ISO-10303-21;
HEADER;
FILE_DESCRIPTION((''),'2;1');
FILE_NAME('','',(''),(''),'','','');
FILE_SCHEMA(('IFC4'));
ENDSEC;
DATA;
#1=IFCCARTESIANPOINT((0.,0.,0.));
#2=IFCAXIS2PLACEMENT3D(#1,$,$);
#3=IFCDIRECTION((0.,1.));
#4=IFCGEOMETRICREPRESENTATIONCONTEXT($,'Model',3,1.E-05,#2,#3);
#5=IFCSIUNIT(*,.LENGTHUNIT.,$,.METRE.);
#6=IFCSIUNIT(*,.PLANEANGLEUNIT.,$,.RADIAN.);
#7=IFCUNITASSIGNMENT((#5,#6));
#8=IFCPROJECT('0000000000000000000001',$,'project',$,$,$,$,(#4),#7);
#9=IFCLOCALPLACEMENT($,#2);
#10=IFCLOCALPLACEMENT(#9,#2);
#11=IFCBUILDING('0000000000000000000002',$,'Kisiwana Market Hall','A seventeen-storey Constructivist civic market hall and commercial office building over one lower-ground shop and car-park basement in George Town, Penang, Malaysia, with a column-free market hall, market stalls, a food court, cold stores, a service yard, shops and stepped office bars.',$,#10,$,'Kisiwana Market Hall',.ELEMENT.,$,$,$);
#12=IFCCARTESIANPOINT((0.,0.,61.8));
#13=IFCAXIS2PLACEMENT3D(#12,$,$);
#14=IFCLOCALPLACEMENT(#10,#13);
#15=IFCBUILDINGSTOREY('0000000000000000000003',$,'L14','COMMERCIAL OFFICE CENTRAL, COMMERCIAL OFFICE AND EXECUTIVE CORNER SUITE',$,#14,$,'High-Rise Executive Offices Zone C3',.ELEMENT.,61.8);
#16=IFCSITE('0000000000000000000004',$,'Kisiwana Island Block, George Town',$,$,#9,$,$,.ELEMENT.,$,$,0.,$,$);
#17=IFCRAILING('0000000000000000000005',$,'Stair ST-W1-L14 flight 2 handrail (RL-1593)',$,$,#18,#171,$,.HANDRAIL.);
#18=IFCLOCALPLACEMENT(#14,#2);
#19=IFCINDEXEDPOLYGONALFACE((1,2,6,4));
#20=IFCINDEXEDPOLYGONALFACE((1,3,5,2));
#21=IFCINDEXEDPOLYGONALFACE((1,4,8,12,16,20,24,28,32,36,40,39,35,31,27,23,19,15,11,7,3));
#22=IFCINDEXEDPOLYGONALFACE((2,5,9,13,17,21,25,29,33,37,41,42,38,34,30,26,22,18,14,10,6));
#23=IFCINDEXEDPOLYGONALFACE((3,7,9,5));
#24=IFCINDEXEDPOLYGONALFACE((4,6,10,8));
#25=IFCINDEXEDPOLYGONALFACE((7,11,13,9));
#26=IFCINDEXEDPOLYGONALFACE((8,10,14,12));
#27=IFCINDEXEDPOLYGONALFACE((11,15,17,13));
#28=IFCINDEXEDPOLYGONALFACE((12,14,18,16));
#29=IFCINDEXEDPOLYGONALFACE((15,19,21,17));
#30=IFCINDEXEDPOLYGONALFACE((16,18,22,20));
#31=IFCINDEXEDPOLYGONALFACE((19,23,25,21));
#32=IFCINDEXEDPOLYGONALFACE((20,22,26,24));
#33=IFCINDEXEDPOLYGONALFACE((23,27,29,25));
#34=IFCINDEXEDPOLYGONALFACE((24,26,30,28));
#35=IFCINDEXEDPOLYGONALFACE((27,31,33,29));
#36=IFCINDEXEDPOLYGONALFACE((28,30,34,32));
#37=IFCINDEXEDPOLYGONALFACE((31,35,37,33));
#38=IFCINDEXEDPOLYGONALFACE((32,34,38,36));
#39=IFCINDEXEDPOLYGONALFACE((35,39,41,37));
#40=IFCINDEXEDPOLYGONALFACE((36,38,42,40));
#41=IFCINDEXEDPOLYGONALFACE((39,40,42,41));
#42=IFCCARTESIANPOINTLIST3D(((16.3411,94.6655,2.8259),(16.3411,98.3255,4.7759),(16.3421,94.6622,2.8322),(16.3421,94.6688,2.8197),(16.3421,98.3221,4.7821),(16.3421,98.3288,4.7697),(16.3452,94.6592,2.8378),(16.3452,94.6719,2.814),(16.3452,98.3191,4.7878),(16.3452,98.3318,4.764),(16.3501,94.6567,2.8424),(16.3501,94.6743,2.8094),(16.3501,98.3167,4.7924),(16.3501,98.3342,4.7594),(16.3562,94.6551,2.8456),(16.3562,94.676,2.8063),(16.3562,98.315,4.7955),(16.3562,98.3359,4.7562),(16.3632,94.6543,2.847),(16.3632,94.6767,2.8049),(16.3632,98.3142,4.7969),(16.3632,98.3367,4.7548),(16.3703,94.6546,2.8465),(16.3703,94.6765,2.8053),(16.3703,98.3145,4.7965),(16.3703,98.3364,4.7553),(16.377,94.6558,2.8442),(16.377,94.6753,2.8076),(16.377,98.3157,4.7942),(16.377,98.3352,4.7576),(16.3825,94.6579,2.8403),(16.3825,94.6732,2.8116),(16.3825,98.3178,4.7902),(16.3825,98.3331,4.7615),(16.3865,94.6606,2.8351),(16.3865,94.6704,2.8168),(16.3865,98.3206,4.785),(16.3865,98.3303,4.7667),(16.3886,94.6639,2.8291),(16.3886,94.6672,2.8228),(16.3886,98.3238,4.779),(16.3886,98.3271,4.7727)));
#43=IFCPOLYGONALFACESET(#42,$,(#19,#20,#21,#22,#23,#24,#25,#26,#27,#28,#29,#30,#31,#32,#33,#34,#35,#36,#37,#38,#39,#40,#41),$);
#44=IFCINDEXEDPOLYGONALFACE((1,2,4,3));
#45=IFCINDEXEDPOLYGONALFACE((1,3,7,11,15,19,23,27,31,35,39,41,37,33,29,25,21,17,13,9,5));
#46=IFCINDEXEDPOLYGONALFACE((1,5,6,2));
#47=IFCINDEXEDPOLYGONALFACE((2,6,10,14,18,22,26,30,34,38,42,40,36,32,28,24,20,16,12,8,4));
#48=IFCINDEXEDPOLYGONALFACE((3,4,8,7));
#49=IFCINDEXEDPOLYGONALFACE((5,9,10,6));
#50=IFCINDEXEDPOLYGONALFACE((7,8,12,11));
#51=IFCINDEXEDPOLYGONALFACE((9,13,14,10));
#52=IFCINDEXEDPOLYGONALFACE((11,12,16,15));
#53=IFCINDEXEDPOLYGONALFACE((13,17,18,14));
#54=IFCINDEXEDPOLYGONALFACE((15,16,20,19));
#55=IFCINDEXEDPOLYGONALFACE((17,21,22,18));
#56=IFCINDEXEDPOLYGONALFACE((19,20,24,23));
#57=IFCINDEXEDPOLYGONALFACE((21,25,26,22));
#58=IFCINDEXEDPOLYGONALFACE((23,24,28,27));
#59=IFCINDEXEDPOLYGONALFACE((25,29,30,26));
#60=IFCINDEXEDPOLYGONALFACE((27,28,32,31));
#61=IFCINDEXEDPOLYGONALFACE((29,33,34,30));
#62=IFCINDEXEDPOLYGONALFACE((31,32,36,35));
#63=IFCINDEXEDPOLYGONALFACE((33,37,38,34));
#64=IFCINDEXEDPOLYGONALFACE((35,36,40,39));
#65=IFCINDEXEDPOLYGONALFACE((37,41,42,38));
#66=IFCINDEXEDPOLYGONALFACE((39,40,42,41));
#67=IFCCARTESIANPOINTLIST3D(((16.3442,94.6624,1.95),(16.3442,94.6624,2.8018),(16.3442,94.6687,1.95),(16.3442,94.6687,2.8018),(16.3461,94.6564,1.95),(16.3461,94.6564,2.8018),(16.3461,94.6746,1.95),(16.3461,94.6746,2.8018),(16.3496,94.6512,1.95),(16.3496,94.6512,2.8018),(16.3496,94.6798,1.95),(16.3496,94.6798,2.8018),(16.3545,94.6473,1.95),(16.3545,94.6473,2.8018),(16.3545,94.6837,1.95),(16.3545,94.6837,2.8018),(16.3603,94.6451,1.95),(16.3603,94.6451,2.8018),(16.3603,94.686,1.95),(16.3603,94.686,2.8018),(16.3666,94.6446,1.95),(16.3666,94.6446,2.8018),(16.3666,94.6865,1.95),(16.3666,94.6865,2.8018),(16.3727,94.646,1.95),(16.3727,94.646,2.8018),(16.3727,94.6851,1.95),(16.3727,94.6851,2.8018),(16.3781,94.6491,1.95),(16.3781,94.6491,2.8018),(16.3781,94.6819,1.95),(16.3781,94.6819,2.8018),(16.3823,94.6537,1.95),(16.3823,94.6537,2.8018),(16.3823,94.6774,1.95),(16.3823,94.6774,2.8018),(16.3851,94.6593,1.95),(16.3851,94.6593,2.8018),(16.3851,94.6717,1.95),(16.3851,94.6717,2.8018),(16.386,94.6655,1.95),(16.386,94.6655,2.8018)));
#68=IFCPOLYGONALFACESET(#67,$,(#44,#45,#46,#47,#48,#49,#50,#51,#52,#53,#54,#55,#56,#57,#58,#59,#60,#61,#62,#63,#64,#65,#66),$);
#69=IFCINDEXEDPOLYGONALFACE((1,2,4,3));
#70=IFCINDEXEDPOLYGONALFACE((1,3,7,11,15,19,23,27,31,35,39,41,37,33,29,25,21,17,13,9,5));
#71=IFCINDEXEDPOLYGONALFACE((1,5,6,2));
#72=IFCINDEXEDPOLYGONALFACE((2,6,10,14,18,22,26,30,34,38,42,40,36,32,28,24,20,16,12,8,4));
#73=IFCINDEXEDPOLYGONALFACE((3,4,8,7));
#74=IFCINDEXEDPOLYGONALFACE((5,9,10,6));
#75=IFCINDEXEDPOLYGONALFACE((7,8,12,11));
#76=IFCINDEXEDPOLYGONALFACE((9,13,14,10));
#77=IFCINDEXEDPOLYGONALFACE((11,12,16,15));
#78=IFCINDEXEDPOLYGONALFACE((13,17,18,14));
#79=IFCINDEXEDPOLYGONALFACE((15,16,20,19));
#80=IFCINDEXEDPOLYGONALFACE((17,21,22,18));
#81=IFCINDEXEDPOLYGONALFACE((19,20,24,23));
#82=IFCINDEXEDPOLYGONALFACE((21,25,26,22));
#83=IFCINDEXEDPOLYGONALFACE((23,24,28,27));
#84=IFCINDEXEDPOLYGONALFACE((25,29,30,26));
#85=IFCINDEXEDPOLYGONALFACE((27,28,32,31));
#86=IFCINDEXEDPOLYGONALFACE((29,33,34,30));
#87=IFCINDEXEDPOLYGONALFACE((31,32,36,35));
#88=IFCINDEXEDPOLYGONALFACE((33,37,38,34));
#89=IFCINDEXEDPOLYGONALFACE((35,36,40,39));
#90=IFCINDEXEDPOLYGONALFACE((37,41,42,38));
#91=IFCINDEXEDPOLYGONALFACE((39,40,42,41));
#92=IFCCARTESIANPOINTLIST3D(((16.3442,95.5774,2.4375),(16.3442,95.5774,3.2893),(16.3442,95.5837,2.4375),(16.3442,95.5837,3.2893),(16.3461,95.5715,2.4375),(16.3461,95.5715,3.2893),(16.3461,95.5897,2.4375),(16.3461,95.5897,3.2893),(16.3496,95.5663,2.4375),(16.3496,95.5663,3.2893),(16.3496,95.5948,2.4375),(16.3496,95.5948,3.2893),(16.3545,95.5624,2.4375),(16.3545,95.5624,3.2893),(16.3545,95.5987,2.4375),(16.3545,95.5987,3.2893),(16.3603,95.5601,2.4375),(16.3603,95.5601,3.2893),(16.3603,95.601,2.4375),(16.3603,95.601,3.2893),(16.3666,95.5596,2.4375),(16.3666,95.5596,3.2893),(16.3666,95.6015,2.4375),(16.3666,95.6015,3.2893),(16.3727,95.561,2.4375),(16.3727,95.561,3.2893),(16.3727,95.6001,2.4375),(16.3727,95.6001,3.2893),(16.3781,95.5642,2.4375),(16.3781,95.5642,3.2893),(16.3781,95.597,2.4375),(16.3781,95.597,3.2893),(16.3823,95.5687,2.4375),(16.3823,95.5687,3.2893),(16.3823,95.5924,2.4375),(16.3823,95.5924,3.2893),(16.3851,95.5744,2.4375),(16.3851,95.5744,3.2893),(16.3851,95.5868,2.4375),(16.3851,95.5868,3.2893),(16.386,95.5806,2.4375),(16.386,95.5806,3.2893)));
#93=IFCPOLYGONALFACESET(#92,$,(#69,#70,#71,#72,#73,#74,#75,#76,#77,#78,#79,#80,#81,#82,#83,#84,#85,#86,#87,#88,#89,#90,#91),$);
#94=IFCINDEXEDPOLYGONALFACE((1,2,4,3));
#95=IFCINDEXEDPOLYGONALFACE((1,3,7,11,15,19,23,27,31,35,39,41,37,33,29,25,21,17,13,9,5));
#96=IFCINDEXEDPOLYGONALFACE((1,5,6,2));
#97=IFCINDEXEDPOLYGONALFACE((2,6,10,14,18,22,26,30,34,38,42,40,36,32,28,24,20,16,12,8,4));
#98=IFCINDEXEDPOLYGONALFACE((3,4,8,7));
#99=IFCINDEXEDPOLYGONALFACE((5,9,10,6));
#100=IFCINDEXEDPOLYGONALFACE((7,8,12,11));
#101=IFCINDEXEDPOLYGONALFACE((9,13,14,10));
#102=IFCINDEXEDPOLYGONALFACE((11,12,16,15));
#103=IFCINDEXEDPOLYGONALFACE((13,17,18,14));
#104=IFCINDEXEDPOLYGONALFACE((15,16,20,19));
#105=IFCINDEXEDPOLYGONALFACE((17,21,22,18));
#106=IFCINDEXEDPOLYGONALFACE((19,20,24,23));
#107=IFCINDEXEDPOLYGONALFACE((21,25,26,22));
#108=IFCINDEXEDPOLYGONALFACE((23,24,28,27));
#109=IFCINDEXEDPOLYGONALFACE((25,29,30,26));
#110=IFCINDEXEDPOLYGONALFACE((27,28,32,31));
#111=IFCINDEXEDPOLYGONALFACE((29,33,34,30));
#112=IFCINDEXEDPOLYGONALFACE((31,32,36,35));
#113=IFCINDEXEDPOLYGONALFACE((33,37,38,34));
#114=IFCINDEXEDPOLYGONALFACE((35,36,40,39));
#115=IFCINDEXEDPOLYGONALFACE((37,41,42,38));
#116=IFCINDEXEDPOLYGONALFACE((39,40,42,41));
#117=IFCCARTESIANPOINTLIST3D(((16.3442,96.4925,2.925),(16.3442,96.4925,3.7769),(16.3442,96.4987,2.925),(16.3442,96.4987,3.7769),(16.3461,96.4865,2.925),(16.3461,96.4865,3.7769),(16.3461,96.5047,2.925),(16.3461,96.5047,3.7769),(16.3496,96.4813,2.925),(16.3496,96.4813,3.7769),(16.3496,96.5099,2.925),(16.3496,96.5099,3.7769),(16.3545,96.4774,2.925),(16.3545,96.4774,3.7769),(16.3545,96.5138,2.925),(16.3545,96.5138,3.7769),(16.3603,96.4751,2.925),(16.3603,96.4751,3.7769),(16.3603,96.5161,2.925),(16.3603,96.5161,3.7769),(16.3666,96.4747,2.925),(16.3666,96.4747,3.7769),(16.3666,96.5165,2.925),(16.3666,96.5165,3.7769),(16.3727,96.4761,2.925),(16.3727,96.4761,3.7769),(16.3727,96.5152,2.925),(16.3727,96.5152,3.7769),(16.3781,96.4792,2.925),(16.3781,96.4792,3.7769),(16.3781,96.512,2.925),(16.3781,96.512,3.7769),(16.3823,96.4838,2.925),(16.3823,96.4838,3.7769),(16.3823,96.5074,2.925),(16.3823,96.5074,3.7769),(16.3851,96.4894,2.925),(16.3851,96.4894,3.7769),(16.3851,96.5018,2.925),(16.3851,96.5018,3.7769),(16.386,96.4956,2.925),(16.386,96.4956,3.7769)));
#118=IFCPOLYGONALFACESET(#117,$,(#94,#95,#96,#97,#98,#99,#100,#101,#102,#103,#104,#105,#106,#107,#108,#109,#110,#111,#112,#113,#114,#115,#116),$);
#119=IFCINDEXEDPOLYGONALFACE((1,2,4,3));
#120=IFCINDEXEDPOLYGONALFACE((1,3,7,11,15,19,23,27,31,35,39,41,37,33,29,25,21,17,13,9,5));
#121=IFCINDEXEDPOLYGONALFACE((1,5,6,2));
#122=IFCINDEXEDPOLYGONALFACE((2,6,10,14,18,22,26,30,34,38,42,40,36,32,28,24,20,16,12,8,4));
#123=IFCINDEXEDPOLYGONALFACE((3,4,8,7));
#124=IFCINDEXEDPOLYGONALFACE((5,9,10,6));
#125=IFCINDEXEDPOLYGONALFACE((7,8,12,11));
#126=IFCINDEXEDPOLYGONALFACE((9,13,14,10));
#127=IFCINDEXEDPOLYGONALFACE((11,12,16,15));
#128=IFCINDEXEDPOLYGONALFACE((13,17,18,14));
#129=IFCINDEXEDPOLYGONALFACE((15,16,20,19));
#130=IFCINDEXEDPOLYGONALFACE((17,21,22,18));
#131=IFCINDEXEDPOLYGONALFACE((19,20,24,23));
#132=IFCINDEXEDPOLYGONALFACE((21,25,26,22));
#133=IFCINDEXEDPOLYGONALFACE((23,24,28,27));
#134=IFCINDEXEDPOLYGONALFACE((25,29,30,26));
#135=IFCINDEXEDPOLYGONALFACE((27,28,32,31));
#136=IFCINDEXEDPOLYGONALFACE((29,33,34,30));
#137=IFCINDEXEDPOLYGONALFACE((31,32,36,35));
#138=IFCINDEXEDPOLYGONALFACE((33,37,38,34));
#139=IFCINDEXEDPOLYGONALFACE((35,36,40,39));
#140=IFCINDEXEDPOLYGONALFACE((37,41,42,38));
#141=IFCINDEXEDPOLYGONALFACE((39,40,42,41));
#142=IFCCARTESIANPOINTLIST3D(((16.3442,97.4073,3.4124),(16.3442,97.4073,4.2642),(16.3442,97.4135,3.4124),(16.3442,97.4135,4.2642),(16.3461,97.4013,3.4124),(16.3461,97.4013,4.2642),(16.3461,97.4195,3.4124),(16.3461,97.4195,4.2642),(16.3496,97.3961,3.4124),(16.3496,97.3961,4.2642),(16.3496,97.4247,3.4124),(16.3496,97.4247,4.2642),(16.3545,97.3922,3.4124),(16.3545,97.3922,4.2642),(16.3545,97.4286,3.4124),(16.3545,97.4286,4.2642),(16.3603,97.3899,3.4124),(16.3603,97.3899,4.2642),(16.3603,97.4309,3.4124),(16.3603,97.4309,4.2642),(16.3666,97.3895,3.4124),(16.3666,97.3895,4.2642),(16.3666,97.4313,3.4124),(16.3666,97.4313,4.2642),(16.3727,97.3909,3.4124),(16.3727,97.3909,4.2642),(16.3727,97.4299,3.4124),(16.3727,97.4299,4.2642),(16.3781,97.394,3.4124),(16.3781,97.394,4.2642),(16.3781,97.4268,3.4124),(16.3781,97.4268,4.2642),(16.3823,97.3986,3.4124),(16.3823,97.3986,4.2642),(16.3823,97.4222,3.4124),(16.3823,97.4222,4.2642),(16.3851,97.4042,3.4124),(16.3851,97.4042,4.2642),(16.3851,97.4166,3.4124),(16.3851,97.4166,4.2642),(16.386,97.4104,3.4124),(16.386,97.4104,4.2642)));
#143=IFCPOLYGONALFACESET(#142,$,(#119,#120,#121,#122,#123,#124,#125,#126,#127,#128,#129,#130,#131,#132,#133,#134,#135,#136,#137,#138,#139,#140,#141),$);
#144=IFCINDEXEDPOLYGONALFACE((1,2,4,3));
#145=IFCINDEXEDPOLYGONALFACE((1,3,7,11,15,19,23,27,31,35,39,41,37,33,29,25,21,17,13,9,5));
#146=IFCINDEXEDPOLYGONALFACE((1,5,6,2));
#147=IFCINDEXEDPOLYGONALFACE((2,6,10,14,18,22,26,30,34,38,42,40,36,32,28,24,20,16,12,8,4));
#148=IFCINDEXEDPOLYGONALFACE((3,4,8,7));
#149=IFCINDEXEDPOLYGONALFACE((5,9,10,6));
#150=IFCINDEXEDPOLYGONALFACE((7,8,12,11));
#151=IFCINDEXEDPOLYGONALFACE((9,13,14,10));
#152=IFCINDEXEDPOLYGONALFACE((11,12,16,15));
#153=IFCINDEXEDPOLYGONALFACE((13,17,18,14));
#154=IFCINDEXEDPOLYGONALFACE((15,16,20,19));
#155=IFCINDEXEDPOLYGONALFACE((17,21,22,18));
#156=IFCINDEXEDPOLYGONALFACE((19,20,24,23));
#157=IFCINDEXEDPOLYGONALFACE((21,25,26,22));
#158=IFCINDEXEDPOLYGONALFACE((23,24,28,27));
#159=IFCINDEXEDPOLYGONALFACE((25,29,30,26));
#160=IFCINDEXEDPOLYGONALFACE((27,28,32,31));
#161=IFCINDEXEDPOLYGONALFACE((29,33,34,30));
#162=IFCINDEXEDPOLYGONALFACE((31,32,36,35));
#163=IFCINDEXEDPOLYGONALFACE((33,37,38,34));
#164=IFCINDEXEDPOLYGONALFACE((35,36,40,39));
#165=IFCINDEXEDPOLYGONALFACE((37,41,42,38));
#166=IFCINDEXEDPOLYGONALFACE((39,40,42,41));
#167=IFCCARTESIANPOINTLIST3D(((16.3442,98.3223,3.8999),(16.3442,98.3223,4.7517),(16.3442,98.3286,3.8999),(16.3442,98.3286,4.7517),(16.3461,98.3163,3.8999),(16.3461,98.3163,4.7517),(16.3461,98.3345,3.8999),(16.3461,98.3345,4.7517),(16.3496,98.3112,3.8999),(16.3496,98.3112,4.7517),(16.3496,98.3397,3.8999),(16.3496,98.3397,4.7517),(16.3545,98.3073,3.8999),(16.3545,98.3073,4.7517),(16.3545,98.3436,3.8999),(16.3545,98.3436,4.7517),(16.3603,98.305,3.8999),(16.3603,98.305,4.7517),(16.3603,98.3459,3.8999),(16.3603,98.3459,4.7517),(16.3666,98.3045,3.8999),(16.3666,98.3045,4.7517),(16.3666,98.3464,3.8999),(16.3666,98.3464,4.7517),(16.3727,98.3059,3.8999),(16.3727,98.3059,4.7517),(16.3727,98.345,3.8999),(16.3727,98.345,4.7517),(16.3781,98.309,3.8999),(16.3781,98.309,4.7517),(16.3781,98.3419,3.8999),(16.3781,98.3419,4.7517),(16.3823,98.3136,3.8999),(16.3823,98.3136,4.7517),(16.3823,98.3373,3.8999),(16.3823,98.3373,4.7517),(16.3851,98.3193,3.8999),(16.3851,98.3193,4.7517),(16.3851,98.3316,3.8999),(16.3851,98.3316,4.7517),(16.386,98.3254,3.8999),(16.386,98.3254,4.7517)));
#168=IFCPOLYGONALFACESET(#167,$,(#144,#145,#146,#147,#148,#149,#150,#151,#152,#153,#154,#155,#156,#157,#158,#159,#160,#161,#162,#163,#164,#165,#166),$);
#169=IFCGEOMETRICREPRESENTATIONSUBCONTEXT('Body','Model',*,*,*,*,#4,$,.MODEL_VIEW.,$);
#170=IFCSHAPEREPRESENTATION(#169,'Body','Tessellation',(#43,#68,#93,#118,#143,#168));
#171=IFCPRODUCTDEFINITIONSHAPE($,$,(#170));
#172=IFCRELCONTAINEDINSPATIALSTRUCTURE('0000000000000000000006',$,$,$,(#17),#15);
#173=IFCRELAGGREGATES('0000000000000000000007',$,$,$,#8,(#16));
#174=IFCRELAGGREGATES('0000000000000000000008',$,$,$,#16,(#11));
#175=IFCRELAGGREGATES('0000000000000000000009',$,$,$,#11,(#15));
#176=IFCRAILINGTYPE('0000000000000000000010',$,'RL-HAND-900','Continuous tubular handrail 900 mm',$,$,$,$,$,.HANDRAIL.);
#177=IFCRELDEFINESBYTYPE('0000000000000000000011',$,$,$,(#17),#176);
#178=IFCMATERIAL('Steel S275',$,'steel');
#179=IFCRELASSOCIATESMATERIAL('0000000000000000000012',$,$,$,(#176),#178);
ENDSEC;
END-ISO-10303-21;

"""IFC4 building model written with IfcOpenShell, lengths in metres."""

from ifc_helpers import new_model, si_unit, direction, frame, origin, origin_2d, place, context, subcontext, project, spatial, circle, extrude, material, type_object, element, save


model = new_model("IFC4")

# Units and contexts
model_context = context("Model", 3, precision=1e-05, world=origin(), true_north=direction((0.0, 1.0)))
body_context = subcontext(model_context, "Body", "Model", "MODEL_VIEW")
ifc_project = project(units=[si_unit("LENGTHUNIT", "METRE"), si_unit("PLANEANGLEUNIT", "RADIAN")], contexts=[model_context])

# Site, building, storey
site_placement = place(None, origin())
site = spatial("IfcSite", under=ifc_project, at=site_placement, Name="Kisiwana Island Block, George Town", CompositionType="ELEMENT", RefElevation=0.0)
building_placement = place(site_placement, origin())
building = spatial("IfcBuilding", under=site, at=building_placement, Name="Kisiwana Market Hall", Description="A seventeen-storey Constructivist civic market hall and commercial office building over one lower-ground shop and car-park basement in George Town, Penang, Malaysia, with a column-free market hall, market stalls, a food court, cold stores, a service yard, shops and stepped office bars.", LongName="Kisiwana Market Hall", CompositionType="ELEMENT")
storey_placement = place(building_placement, frame((0.0, 0.0, 61.8)))
storey = spatial("IfcBuildingStorey", under=building, at=storey_placement, Name="L14", Description="COMMERCIAL OFFICE CENTRAL, COMMERCIAL OFFICE AND EXECUTIVE CORNER SUITE", LongName="High-Rise Executive Offices Zone C3", CompositionType="ELEMENT", Elevation=61.8)

# Railing
ifc_material_1 = material(Name="Steel S275", Category="steel")
railing_type_1 = type_object("IfcRailingType", Name="RL-HAND-900", Description="Continuous tubular handrail 900 mm", PredefinedType="HANDRAIL", material=ifc_material_1)
railing_1_placement = place(storey_placement, frame((16.365, 94.6655, 1.95)))
element("IfcRailing", 1, at=railing_1_placement, inside=storey, type_object=railing_type_1, Name="Stair ST-W1-L14 flight 2 handrail (RL-1593)", PredefinedType="HANDRAIL", context=body_context, shape_type="SweptSolid", body=[
    extrude(circle(Radius=0.0239, at=origin_2d()), frame((0.0, 0.0, 0.876), z_axis=(0.0, 0.882553, 0.470212), x_axis=(-1.0, 0.0, 0.0)), (0.0, 0.0, 1.0), 4.147),
    extrude(circle(Radius=0.021, at=origin_2d()), origin(), (0.0, 0.0, 1.0), 0.8518),
    extrude(circle(Radius=0.021, at=origin_2d()), frame((0.0, 0.915, 0.4875)), (0.0, 0.0, 1.0), 0.8518),
    extrude(circle(Radius=0.021, at=origin_2d()), frame((0.0, 1.8301, 0.9751)), (0.0, 0.0, 1.0), 0.8518),
    extrude(circle(Radius=0.021, at=origin_2d()), frame((0.0, 2.7449, 1.4624)), (0.0, 0.0, 1.0), 0.8518),
    extrude(circle(Radius=0.021, at=origin_2d()), frame((0.0, 3.6599, 1.95)), (0.0, 0.0, 1.0), 0.8518),
])

save(model, "model.ifc")
